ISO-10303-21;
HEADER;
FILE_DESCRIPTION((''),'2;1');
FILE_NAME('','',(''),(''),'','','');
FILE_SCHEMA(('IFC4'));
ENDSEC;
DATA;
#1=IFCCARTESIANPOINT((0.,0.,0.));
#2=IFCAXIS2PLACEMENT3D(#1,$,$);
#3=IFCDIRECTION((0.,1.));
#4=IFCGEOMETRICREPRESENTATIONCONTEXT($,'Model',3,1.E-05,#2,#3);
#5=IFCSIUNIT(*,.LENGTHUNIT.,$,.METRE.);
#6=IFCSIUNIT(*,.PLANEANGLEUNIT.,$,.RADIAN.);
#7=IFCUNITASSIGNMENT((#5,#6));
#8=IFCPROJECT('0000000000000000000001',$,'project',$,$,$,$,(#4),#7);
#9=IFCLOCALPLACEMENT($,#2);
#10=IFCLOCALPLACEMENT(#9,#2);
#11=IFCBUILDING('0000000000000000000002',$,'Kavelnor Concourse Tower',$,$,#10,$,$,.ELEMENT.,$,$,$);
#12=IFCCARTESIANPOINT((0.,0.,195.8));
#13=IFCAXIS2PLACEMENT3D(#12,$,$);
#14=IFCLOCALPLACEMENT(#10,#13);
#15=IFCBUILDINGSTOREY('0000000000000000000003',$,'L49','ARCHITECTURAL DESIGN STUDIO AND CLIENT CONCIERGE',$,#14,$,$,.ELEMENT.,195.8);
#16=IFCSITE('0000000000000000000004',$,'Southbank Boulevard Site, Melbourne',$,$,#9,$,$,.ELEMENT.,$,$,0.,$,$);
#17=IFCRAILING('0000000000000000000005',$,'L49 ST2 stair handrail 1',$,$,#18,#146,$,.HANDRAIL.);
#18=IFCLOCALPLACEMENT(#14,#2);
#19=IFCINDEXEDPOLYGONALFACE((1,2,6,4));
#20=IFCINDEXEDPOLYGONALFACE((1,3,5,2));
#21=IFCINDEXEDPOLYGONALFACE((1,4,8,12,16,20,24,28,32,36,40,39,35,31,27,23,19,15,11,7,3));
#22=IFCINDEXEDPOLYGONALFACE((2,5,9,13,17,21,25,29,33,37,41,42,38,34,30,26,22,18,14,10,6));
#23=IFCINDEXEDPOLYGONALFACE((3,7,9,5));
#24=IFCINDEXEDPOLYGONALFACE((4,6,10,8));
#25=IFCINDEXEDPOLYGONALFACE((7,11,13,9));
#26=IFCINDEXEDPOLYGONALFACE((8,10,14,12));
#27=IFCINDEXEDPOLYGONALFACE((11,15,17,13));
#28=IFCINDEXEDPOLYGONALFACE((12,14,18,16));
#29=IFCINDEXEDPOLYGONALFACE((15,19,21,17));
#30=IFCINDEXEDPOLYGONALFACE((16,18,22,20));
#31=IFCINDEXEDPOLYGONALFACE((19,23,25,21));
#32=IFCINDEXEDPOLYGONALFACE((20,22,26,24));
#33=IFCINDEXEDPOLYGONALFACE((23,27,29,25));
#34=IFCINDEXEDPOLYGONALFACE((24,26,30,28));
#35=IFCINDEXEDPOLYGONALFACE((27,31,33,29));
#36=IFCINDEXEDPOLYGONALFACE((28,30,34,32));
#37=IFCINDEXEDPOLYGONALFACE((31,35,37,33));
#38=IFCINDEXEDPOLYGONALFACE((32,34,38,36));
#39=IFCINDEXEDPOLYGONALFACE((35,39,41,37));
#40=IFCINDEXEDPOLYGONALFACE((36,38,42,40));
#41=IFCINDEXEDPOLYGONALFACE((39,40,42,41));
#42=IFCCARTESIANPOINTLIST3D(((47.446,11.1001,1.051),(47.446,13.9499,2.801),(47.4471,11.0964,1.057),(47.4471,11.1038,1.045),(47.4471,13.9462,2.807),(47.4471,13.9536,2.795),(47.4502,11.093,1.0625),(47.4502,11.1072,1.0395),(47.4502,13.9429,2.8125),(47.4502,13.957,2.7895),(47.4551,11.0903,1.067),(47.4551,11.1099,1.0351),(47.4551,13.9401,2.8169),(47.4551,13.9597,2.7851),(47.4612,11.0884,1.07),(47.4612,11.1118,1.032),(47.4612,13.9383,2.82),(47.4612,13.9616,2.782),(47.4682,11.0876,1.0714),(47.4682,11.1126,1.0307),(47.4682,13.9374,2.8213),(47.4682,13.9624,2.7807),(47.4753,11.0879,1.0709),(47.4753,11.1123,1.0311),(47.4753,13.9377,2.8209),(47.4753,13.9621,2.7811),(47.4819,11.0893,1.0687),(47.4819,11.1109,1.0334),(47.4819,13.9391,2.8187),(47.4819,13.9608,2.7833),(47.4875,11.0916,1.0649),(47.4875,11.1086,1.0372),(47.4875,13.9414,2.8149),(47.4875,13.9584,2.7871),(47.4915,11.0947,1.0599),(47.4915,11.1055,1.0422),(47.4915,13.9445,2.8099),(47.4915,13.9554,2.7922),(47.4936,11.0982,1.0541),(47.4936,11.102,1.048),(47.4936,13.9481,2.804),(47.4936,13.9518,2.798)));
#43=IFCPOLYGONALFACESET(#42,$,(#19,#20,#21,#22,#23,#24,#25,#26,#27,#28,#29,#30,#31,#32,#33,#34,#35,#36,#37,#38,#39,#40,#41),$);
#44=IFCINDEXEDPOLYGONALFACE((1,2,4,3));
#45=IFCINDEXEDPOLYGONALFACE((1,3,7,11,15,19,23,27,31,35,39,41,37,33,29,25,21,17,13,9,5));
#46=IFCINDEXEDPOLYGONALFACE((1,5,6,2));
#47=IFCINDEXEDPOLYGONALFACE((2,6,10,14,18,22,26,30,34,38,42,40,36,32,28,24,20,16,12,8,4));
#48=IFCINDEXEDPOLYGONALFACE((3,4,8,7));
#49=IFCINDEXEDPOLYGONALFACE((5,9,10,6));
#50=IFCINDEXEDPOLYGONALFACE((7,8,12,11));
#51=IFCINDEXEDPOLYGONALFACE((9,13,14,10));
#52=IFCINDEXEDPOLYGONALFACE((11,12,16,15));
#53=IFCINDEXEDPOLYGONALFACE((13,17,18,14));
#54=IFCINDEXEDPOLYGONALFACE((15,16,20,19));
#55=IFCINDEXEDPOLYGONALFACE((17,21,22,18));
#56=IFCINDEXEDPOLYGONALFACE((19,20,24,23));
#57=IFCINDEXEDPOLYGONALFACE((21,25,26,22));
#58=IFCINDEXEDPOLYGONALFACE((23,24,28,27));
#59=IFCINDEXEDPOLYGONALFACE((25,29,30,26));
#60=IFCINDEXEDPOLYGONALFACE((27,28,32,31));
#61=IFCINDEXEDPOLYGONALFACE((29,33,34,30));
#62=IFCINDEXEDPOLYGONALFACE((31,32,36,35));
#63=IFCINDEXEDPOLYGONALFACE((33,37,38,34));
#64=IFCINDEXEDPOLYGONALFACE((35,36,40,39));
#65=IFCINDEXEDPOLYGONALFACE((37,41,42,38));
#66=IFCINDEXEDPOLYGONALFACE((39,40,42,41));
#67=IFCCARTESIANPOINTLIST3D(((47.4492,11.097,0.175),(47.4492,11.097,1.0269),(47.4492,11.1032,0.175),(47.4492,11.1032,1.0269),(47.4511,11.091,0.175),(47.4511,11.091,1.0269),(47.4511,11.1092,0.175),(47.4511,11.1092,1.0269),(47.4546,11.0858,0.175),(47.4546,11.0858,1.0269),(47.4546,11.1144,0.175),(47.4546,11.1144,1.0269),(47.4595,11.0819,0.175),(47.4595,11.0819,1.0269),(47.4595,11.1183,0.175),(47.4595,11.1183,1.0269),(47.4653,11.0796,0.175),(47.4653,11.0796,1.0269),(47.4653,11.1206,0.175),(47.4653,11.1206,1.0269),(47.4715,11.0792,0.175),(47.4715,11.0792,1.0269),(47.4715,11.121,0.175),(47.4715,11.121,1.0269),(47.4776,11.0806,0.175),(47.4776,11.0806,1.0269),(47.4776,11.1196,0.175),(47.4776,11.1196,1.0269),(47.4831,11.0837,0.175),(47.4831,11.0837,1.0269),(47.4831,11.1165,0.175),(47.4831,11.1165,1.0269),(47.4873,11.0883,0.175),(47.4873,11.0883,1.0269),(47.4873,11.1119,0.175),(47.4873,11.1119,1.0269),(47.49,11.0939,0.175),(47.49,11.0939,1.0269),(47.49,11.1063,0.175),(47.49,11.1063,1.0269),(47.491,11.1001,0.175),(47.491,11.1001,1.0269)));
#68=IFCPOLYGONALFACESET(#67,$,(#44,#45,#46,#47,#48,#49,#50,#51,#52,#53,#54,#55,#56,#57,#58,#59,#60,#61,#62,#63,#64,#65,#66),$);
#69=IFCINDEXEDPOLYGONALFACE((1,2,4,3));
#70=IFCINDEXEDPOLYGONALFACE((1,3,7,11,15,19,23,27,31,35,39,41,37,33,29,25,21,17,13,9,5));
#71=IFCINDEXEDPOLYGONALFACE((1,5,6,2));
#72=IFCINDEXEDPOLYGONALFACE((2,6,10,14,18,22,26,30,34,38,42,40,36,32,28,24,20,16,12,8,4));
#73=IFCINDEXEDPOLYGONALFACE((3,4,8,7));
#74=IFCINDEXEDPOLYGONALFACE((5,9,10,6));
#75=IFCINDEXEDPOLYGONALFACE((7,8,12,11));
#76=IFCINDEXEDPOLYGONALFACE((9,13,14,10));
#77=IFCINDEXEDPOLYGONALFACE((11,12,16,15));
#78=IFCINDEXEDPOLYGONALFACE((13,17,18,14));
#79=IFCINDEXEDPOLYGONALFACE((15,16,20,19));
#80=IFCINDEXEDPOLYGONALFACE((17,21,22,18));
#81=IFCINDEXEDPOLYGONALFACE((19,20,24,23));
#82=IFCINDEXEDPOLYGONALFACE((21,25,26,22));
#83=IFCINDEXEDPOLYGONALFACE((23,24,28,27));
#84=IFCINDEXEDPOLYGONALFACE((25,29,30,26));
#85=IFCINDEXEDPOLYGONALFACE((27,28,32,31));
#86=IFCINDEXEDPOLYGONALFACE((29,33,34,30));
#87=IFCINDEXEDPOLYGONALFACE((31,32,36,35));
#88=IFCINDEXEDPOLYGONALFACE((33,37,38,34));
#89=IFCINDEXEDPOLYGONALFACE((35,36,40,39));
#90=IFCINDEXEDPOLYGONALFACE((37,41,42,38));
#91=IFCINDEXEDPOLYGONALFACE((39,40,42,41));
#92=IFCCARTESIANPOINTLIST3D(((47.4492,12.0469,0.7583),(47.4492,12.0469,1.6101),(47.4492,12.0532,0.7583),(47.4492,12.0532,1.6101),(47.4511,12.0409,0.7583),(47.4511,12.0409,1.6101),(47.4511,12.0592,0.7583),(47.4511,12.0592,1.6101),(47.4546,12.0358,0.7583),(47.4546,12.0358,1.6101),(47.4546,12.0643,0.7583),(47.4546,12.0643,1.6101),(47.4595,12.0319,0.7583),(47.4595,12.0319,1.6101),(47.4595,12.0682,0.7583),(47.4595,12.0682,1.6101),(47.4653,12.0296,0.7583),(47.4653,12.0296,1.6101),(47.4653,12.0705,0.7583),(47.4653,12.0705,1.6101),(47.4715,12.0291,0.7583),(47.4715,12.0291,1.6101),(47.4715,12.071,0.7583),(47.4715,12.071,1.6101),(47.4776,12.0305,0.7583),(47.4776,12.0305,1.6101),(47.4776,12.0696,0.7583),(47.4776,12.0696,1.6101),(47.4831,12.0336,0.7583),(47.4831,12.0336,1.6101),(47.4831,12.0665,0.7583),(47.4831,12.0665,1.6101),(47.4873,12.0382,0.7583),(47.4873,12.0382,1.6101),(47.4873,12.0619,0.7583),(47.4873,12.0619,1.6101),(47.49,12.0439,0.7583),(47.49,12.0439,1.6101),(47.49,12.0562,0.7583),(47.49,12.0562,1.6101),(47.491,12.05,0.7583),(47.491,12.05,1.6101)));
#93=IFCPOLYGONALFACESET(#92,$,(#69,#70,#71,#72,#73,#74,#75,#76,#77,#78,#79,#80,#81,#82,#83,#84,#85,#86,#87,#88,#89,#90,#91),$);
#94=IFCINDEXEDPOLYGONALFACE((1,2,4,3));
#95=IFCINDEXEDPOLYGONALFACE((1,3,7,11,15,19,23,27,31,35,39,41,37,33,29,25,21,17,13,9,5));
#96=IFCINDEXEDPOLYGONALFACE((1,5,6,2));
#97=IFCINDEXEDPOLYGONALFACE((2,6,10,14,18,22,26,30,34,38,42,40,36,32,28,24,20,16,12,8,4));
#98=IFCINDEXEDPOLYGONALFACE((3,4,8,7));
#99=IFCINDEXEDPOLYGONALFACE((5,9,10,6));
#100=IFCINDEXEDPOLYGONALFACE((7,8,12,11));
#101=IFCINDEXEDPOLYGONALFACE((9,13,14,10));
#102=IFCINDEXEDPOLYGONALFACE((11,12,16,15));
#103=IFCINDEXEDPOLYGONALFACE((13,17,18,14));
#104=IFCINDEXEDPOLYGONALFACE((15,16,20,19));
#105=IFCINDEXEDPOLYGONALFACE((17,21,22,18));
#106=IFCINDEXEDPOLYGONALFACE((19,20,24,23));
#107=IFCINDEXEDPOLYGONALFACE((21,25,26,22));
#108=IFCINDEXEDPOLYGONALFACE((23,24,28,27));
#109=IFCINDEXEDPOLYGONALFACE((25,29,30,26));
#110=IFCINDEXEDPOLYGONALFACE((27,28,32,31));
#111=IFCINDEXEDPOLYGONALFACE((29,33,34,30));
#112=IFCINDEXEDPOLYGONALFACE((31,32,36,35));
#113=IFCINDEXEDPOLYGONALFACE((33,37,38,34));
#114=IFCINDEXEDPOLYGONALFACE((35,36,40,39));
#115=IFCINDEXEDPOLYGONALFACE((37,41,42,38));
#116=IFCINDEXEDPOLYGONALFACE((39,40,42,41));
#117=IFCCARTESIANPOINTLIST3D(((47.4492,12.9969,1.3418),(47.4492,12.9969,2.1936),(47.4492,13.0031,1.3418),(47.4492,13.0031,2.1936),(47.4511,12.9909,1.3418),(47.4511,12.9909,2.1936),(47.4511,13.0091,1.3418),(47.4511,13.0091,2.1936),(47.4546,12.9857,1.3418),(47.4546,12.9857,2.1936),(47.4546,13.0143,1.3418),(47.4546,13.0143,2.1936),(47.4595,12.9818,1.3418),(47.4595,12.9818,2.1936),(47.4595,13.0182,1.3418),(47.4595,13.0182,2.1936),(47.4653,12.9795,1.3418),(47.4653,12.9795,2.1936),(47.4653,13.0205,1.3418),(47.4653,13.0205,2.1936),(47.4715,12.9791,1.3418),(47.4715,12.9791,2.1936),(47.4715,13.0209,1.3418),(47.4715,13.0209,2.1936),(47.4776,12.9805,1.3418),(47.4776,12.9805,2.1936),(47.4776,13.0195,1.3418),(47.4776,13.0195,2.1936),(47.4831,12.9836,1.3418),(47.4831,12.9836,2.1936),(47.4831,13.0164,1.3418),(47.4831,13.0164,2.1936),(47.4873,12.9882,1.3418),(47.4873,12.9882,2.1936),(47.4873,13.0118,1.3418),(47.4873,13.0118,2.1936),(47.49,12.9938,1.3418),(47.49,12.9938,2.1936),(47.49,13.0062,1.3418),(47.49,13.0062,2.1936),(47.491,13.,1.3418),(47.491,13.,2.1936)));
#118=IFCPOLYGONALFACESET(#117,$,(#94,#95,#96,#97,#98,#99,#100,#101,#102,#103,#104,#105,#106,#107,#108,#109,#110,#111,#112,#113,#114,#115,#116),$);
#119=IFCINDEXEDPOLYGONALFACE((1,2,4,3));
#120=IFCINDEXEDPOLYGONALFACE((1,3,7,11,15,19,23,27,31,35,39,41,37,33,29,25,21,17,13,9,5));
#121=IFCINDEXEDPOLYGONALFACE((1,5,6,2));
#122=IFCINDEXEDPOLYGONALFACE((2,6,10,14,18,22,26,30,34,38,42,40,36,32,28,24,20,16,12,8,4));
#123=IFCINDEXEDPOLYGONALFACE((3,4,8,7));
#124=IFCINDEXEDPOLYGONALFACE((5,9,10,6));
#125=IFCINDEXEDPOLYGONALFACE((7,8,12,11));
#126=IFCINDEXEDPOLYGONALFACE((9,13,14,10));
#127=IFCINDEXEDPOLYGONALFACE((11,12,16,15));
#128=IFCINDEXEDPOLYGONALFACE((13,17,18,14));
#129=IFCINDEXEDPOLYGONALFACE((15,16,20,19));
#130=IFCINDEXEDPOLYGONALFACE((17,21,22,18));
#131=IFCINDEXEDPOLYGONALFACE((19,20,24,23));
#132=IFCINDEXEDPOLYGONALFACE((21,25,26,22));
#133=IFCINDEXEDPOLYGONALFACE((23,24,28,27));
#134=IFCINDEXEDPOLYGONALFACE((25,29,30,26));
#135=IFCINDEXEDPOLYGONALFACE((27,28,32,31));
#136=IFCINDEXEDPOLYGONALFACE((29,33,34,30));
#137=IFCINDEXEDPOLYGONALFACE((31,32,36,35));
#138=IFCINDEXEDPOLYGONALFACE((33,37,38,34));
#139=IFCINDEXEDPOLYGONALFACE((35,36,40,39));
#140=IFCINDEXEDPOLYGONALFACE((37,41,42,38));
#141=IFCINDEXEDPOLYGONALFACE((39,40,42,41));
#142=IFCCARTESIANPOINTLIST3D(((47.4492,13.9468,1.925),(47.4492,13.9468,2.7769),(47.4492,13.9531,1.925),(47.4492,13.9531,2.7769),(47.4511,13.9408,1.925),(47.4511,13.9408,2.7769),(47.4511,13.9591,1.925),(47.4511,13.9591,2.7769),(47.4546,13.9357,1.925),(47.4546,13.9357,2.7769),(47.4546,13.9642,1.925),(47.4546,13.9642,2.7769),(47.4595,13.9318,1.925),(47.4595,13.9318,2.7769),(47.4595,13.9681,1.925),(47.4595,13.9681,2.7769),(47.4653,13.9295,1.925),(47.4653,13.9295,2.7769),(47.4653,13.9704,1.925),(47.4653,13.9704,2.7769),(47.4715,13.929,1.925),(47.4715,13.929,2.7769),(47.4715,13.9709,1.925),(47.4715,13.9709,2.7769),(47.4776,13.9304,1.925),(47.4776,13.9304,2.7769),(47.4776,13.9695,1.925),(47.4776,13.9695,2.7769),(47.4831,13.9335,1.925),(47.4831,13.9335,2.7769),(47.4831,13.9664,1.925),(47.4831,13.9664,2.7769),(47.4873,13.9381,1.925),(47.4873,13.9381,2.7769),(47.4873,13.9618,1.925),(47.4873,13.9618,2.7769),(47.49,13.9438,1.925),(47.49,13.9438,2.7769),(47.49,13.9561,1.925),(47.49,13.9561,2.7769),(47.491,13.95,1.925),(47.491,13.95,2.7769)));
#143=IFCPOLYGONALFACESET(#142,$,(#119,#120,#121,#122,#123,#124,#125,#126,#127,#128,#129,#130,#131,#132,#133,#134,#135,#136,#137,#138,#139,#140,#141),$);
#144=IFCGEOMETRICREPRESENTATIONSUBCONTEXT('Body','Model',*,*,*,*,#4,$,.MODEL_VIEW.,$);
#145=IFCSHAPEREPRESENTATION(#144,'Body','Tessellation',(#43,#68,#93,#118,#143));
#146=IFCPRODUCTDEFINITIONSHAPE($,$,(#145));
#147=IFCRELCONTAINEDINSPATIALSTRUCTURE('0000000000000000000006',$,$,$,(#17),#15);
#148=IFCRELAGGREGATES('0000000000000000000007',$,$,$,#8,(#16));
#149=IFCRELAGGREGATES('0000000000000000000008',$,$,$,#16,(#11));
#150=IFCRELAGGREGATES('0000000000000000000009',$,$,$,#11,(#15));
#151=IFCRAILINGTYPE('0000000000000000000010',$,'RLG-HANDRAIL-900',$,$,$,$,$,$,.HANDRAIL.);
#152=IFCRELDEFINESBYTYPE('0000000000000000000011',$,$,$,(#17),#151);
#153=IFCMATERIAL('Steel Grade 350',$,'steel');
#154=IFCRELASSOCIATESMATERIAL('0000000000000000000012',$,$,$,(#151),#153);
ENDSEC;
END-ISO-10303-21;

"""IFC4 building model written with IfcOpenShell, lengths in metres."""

from ifc_helpers import new_model, si_unit, direction, frame, origin, origin_2d, place, context, subcontext, project, spatial, circle, extrude, material, type_object, element, save


model = new_model("IFC4")

# Units and contexts
model_context = context("Model", 3, precision=1e-05, world=origin(), true_north=direction((0.0, 1.0)))
body_context = subcontext(model_context, "Body", "Model", "MODEL_VIEW")
ifc_project = project(units=[si_unit("LENGTHUNIT", "METRE"), si_unit("PLANEANGLEUNIT", "RADIAN")], contexts=[model_context])

# Site, building, storey
site_placement = place(None, origin())
site = spatial("IfcSite", under=ifc_project, at=site_placement, Name="Southbank Boulevard Site, Melbourne", CompositionType="ELEMENT", RefElevation=0.0)
building_placement = place(site_placement, origin())
building = spatial("IfcBuilding", under=site, at=building_placement, Name="Kavelnor Concourse Tower", CompositionType="ELEMENT")
storey_placement = place(building_placement, frame((0.0, 0.0, 195.8)))
storey = spatial("IfcBuildingStorey", under=building, at=storey_placement, Name="L49", Description="ARCHITECTURAL DESIGN STUDIO AND CLIENT CONCIERGE", CompositionType="ELEMENT", Elevation=195.8)

# Shared definitions
ifc_material_1 = material(Name="Steel Grade 350", Category="steel")

# Railing
railing_type_1 = type_object("IfcRailingType", Name="RLG-HANDRAIL-900", PredefinedType="HANDRAIL", material=ifc_material_1)
railing_1_placement = place(storey_placement, frame((47.47, 11.1001, 0.175)))
element("IfcRailing", 1, at=railing_1_placement, inside=storey, type_object=railing_type_1, Name="L49 ST2 stair handrail 1", PredefinedType="HANDRAIL", context=body_context, shape_type="SweptSolid", body=[
    extrude(circle(Radius=0.0239, at=origin_2d()), frame((0.0, 0.0, 0.876), z_axis=(0.0, 0.852159, 0.523283), x_axis=(-1.0, 0.0, 0.0)), (0.0, 0.0, 1.0), 3.3442),
    extrude(circle(Radius=0.021, at=origin_2d()), origin(), (0.0, 0.0, 1.0), 0.8518),
    extrude(circle(Radius=0.021, at=origin_2d()), frame((0.0, 0.95, 0.5833)), (0.0, 0.0, 1.0), 0.8518),
    extrude(circle(Radius=0.021, at=origin_2d()), frame((0.0, 1.8999, 1.1667)), (0.0, 0.0, 1.0), 0.8518),
    extrude(circle(Radius=0.021, at=origin_2d()), frame((0.0, 2.8499, 1.75)), (0.0, 0.0, 1.0), 0.8518),
])

save(model, "model.ifc")
